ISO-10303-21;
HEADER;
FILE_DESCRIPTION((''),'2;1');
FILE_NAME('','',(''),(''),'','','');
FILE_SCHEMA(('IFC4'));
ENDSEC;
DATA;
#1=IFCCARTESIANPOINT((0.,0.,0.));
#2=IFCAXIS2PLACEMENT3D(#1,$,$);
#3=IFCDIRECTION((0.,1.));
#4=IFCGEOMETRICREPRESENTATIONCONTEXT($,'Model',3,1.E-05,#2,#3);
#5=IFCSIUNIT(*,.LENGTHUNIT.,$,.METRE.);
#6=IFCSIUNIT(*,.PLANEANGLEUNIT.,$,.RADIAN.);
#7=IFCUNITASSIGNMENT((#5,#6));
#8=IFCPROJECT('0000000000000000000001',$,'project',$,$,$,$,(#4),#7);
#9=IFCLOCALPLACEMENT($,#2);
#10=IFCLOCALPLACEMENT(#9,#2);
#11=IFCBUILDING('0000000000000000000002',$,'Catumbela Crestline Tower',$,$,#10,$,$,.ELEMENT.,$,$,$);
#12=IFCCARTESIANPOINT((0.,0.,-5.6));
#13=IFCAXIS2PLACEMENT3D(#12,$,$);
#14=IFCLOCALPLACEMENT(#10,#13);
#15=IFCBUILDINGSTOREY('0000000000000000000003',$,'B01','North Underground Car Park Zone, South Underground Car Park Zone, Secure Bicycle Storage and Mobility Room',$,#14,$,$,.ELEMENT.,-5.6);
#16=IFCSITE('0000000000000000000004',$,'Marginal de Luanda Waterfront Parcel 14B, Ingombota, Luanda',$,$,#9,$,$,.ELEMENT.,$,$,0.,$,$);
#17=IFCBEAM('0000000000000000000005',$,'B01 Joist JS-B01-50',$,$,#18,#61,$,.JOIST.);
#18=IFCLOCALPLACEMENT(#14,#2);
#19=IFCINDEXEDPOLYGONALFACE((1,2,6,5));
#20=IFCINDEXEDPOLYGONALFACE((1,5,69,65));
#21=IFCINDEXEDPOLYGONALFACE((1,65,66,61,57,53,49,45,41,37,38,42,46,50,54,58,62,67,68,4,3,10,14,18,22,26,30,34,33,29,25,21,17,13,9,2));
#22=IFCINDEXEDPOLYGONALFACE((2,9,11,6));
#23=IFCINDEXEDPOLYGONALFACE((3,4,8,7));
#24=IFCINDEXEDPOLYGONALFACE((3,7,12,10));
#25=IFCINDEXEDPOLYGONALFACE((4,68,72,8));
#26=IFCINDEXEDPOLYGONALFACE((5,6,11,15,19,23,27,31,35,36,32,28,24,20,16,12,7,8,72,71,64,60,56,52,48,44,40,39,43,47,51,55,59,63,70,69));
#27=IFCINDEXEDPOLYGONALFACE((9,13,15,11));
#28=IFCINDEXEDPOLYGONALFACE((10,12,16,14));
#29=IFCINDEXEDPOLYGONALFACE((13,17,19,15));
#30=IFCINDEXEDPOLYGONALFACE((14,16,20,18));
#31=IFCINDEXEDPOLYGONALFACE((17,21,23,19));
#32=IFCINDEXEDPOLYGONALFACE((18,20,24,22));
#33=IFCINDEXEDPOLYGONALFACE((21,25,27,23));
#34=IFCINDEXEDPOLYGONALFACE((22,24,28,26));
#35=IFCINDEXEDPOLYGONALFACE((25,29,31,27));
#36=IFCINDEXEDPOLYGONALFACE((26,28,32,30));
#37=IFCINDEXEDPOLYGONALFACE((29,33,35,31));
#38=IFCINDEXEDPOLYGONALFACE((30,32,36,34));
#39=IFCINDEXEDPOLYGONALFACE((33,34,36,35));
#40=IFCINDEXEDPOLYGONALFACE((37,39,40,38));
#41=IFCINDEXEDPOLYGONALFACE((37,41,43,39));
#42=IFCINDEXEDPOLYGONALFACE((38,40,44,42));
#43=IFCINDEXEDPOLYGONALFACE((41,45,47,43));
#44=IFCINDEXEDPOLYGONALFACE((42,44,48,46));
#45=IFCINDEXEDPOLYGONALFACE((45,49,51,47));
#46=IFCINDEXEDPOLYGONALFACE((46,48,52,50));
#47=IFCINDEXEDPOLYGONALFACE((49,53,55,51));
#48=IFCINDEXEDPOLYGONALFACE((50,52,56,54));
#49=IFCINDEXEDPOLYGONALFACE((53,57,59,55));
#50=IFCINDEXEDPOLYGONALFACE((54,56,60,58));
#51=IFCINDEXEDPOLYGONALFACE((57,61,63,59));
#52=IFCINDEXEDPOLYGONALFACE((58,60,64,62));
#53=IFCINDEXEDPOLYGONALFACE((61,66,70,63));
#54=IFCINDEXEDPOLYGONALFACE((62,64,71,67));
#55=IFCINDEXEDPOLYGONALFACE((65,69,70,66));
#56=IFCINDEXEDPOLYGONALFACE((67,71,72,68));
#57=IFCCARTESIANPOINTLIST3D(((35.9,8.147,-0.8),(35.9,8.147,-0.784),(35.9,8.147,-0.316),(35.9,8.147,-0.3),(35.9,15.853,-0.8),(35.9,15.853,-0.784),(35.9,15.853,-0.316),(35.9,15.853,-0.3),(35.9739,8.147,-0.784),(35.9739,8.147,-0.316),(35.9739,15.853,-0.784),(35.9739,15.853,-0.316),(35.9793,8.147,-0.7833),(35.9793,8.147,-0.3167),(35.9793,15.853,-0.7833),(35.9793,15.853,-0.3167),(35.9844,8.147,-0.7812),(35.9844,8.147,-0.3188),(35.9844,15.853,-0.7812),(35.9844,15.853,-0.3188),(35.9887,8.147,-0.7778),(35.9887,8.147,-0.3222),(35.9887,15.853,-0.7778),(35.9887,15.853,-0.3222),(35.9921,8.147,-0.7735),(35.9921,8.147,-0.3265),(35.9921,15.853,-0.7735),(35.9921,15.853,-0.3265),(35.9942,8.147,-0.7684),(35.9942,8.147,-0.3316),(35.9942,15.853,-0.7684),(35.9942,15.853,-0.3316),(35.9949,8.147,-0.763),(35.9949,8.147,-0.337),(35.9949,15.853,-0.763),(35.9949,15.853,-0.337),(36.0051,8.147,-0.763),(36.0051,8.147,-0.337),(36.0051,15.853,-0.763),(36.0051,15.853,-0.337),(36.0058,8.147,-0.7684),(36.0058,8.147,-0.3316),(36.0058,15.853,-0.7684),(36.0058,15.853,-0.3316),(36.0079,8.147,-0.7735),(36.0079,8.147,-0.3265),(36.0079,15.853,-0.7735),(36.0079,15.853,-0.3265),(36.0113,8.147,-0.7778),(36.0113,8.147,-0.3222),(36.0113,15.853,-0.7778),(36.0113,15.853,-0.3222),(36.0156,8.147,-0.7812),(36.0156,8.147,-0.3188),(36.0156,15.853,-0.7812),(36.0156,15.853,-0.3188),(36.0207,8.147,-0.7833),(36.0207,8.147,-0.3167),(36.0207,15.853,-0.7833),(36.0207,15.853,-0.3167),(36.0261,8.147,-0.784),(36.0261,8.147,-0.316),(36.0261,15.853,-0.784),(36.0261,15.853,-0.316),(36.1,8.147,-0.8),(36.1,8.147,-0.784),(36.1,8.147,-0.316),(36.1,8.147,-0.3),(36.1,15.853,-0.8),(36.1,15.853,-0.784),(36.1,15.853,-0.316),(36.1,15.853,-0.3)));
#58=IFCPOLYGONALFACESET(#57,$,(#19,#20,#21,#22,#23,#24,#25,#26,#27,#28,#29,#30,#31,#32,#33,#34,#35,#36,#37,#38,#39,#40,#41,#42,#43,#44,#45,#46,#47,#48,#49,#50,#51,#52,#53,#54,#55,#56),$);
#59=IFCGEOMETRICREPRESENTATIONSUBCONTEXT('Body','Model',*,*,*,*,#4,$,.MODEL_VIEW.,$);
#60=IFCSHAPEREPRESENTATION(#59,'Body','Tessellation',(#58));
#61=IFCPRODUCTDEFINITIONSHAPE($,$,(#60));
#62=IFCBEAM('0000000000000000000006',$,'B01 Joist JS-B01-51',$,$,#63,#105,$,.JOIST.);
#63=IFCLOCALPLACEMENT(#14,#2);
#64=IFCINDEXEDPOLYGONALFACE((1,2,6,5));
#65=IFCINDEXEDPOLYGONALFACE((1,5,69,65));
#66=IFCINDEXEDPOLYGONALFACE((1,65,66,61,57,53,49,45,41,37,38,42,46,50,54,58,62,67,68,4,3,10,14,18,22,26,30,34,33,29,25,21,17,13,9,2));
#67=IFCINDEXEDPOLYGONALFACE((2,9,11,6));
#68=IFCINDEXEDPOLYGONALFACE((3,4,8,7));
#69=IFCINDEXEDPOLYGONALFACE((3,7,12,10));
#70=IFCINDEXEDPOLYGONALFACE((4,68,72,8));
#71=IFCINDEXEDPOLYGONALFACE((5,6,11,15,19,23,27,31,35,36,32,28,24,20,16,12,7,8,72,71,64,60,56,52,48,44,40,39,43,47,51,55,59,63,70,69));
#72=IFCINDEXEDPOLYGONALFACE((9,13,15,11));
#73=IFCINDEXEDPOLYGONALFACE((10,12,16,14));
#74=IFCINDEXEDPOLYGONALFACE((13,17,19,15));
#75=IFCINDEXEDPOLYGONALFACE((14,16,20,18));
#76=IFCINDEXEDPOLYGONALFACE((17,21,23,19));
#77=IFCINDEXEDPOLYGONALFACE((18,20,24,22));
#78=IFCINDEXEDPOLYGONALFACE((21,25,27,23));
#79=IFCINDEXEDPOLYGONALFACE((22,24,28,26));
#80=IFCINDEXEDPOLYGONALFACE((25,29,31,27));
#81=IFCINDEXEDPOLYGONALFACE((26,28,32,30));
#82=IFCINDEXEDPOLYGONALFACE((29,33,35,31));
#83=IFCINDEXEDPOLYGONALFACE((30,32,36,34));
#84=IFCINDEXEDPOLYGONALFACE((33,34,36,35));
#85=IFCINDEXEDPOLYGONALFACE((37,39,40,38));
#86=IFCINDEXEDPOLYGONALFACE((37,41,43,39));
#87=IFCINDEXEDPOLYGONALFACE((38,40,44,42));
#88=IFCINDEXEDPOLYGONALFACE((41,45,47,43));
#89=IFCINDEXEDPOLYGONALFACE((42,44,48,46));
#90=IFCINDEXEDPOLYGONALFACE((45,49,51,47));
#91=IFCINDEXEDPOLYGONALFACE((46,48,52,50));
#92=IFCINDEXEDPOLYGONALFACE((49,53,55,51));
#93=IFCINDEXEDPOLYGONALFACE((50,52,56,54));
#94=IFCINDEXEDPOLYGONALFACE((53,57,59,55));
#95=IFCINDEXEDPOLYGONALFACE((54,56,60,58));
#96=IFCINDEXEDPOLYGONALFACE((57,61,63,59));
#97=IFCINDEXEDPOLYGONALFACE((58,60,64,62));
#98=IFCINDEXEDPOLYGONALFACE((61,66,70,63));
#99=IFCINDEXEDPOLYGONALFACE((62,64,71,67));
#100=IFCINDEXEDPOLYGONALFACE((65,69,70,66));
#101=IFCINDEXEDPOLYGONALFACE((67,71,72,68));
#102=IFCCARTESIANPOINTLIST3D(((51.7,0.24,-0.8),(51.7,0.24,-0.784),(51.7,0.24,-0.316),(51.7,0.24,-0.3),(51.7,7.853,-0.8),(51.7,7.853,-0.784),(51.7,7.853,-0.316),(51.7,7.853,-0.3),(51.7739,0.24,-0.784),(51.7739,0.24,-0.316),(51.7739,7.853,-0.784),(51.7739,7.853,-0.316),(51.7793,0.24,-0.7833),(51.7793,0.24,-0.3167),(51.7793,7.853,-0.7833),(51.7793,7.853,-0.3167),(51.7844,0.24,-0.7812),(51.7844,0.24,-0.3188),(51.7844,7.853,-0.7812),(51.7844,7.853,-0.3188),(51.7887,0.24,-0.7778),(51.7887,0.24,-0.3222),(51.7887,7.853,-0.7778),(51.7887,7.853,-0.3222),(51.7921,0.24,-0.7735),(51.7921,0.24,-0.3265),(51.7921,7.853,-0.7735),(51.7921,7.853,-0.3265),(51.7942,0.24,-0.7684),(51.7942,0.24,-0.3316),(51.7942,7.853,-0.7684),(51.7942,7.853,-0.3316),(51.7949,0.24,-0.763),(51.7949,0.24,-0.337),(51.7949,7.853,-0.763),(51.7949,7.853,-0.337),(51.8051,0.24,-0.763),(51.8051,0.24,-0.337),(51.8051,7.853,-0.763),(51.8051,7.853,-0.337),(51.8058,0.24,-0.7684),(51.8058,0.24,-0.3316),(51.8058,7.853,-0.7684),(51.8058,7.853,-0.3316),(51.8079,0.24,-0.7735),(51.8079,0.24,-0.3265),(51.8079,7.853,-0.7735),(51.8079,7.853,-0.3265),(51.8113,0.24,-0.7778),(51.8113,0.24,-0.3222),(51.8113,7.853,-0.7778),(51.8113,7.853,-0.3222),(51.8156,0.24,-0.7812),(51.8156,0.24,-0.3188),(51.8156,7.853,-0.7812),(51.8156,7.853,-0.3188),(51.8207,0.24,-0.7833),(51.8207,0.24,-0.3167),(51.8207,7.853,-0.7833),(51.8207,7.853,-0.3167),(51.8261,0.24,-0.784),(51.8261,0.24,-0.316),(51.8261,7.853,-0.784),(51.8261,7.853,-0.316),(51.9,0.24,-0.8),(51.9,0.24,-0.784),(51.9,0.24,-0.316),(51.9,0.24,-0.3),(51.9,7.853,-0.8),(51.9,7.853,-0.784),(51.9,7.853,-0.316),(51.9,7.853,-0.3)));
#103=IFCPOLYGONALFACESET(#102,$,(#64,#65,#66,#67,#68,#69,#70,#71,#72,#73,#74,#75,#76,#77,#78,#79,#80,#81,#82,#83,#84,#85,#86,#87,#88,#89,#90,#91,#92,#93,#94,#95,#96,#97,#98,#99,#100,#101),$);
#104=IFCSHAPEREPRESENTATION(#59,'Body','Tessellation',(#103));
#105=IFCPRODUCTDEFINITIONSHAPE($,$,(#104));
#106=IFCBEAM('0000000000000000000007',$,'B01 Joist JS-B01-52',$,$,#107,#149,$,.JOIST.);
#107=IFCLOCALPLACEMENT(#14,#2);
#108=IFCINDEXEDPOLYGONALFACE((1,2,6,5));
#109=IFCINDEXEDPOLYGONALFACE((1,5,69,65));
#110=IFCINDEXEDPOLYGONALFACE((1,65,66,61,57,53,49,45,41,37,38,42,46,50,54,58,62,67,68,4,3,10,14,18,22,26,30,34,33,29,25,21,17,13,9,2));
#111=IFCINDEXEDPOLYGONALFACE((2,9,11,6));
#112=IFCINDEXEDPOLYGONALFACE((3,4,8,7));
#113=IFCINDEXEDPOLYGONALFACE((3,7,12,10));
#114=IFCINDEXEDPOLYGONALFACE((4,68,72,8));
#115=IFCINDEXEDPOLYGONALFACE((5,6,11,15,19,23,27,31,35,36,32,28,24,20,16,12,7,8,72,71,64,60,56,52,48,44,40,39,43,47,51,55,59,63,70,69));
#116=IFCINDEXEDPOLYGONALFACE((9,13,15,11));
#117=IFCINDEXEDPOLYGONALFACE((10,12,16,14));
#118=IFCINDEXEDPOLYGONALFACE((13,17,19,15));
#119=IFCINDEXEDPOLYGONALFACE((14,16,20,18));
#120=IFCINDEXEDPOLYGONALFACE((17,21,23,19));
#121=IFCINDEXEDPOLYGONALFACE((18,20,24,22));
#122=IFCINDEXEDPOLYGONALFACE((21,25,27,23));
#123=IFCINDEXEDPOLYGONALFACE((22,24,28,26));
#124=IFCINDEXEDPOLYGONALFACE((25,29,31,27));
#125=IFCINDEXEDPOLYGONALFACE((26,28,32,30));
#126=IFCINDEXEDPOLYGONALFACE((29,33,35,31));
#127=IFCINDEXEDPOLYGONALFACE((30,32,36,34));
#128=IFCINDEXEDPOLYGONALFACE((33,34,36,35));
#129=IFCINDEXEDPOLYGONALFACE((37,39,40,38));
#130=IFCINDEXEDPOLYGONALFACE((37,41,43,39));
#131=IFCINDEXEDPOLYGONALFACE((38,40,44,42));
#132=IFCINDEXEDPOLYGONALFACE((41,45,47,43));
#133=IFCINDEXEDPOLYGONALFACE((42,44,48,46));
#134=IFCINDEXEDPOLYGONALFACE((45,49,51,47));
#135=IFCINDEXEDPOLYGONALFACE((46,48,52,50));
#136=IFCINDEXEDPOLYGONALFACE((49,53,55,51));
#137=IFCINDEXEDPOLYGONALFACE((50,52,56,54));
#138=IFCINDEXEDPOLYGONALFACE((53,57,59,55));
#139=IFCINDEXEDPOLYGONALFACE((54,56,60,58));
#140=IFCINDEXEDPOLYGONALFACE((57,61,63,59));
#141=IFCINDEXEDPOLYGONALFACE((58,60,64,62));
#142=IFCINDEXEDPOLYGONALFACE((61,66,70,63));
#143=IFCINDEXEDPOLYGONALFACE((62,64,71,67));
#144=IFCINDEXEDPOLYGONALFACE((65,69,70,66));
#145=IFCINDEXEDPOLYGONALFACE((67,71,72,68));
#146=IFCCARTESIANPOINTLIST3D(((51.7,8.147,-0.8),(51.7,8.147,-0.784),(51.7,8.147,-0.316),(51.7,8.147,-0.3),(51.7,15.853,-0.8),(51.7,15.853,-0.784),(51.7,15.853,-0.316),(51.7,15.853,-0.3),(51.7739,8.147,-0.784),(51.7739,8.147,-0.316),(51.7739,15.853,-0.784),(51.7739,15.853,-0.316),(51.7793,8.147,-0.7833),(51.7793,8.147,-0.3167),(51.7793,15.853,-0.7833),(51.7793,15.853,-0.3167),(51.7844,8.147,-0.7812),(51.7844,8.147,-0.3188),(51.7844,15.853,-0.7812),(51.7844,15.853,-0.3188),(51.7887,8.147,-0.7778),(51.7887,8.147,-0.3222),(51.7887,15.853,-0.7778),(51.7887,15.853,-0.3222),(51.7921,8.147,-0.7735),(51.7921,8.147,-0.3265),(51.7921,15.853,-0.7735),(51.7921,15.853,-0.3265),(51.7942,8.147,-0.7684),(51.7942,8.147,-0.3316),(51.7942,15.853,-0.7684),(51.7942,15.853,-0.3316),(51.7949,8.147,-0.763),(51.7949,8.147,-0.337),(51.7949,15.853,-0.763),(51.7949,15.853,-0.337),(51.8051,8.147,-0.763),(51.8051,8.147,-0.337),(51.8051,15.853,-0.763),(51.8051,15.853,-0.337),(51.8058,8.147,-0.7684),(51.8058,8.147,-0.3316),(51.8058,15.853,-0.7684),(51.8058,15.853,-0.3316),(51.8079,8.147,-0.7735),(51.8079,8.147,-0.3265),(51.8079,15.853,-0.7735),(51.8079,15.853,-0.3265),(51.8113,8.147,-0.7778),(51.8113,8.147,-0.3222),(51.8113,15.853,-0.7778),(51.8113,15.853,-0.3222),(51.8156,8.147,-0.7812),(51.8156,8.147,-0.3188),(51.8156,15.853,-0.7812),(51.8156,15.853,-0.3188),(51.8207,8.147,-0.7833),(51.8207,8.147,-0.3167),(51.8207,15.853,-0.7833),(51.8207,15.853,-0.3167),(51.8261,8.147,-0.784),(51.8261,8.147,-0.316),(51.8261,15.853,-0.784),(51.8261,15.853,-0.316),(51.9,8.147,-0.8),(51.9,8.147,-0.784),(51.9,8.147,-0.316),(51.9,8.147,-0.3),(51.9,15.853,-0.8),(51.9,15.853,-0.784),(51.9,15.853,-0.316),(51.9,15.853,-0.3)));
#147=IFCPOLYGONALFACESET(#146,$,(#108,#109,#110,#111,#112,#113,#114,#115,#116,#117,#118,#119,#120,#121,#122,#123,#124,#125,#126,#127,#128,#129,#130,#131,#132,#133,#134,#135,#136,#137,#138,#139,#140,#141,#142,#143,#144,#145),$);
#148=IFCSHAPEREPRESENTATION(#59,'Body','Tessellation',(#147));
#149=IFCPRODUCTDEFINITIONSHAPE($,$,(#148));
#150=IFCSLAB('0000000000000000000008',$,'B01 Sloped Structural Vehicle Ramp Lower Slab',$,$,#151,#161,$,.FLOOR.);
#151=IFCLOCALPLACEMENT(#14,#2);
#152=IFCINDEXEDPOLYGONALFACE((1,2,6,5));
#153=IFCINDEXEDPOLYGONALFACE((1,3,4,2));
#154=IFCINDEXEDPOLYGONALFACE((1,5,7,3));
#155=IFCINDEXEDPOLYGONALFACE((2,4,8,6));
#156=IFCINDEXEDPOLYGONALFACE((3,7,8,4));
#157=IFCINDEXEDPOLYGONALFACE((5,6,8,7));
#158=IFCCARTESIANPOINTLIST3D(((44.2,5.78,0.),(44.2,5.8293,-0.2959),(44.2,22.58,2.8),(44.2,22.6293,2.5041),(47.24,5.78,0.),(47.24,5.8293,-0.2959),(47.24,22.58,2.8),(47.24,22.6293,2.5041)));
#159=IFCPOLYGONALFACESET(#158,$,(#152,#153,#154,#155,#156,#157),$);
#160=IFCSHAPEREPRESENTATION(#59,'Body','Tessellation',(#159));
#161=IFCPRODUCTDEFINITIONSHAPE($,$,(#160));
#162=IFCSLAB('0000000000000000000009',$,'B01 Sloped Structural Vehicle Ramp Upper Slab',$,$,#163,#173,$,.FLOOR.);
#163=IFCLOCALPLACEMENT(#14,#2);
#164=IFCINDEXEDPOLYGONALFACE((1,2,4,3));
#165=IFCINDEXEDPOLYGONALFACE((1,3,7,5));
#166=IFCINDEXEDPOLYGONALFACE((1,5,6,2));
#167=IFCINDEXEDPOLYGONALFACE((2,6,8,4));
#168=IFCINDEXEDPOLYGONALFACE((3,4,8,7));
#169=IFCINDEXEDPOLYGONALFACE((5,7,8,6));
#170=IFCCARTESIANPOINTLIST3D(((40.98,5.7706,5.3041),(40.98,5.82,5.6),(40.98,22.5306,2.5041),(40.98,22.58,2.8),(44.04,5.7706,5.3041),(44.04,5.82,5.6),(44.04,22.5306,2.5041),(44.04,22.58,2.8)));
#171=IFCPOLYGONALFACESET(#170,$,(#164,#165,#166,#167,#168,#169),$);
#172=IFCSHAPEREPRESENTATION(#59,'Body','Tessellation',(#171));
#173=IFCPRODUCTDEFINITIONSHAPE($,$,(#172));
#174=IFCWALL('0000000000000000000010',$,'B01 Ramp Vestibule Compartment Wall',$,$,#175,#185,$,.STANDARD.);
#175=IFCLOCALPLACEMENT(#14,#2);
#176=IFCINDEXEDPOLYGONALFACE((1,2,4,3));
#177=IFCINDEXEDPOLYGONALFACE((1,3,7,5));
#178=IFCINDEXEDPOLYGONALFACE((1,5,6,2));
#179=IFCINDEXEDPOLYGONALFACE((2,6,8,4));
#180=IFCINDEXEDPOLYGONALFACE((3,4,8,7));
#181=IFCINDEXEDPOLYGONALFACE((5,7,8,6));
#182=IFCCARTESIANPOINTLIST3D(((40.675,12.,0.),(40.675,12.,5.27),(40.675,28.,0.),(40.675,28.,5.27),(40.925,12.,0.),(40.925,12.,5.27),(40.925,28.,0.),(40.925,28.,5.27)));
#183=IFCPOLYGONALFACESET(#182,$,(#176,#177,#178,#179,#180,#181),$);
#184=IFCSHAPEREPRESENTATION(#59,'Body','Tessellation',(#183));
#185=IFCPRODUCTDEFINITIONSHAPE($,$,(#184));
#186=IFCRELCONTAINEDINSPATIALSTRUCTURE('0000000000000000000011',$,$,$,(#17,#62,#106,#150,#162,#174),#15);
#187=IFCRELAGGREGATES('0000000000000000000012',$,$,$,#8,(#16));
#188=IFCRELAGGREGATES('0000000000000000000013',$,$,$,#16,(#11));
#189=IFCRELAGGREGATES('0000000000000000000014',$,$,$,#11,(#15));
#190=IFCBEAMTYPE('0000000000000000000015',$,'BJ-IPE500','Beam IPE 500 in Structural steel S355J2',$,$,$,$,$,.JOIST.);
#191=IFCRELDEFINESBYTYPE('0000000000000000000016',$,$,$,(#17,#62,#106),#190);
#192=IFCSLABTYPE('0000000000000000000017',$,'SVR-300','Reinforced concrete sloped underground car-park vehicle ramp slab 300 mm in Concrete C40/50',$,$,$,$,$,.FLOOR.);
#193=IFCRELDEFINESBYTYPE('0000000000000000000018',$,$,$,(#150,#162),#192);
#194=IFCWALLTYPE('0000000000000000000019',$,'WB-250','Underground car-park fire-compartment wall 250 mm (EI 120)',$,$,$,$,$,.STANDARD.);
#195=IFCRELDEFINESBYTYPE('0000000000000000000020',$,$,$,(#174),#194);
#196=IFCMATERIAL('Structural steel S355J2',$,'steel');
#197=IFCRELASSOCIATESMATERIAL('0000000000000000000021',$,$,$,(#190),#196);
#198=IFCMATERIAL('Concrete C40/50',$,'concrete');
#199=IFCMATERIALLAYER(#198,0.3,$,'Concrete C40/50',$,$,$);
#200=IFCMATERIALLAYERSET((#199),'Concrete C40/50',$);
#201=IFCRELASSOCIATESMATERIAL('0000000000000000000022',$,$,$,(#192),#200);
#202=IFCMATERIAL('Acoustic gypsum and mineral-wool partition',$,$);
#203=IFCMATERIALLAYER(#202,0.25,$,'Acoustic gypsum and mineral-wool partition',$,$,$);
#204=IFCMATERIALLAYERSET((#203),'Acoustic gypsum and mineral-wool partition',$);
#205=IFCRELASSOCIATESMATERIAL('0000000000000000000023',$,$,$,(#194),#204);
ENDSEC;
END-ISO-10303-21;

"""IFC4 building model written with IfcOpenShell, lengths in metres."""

from ifc_helpers import new_model, si_unit, direction, frame, frame_2d, origin, origin_2d, place, context, subcontext, project, spatial, polyline, rectangle, i_section, outline, extrude, material, layer, layer_set, material_profile, profile_set, type_object, element, save


model = new_model("IFC4")

# Units and contexts
model_context = context("Model", 3, precision=1e-05, world=origin(), true_north=direction((0.0, 1.0)))
body_context = subcontext(model_context, "Body", "Model", "MODEL_VIEW")
ifc_project = project(units=[si_unit("LENGTHUNIT", "METRE"), si_unit("PLANEANGLEUNIT", "RADIAN")], contexts=[model_context])

# Site, building, storey
site_placement = place(None, origin())
site = spatial("IfcSite", under=ifc_project, at=site_placement, Name="Marginal de Luanda Waterfront Parcel 14B, Ingombota, Luanda", CompositionType="ELEMENT", RefElevation=0.0)
building_placement = place(site_placement, origin())
building = spatial("IfcBuilding", under=site, at=building_placement, Name="Catumbela Crestline Tower", CompositionType="ELEMENT")
storey_placement = place(building_placement, frame((0.0, 0.0, -5.6)))
storey = spatial("IfcBuildingStorey", under=building, at=storey_placement, Name="B01", Description="North Underground Car Park Zone, South Underground Car Park Zone, Secure Bicycle Storage and Mobility Room", CompositionType="ELEMENT", Elevation=-5.6)

# Beams
ifc_material_1 = material(Name="Structural steel S355J2", Category="steel")
ifc_material_profile_1 = material_profile(ifc_material_1, i_section(OverallWidth=0.2, OverallDepth=0.5, WebThickness=0.0102, FlangeThickness=0.016, FilletRadius=0.021, at=origin_2d()), Name="IPE 500")
ifc_profile_set_1 = profile_set([ifc_material_profile_1], Name="Structural steel S355J2")
beam_type_1 = type_object("IfcBeamType", Name="BJ-IPE500", Description="Beam IPE 500 in Structural steel S355J2", PredefinedType="JOIST", material=ifc_profile_set_1)
beam_1_placement = place(storey_placement, frame((36.0, 8.147, -0.55), z_axis=(0.0, 1.0, 0.0), x_axis=(-1.0, 0.0, 0.0)))
element("IfcBeam", 1, at=beam_1_placement, inside=storey, type_object=beam_type_1, Name="B01 Joist JS-B01-50", PredefinedType="JOIST", context=body_context, shape_type="SweptSolid", body=[
    extrude(i_section(OverallWidth=0.2, OverallDepth=0.5, WebThickness=0.0102, FlangeThickness=0.016, FilletRadius=0.021, at=origin_2d()), origin(), (0.0, 0.0, 1.0), 7.706),
])
beam_2_placement = place(storey_placement, frame((51.8, 0.24, -0.55), z_axis=(0.0, 1.0, 0.0), x_axis=(-1.0, 0.0, 0.0)))
element("IfcBeam", 2, at=beam_2_placement, inside=storey, type_object=beam_type_1, Name="B01 Joist JS-B01-51", PredefinedType="JOIST", context=body_context, shape_type="SweptSolid", body=[
    extrude(i_section(OverallWidth=0.2, OverallDepth=0.5, WebThickness=0.0102, FlangeThickness=0.016, FilletRadius=0.021, at=origin_2d()), origin(), (0.0, 0.0, 1.0), 7.613),
])
beam_3_placement = place(storey_placement, frame((51.8, 8.147, -0.55), z_axis=(0.0, 1.0, 0.0), x_axis=(-1.0, 0.0, 0.0)))
element("IfcBeam", 3, at=beam_3_placement, inside=storey, type_object=beam_type_1, Name="B01 Joist JS-B01-52", PredefinedType="JOIST", context=body_context, shape_type="SweptSolid", body=[
    extrude(i_section(OverallWidth=0.2, OverallDepth=0.5, WebThickness=0.0102, FlangeThickness=0.016, FilletRadius=0.021, at=origin_2d()), origin(), (0.0, 0.0, 1.0), 7.706),
])

# Slabs
ifc_material_2 = material(Name="Concrete C40/50", Category="concrete")
ifc_layer_1 = layer(ifc_material_2, 0.3, Name="Concrete C40/50")
ifc_layer_set_1 = layer_set([ifc_layer_1], Name="Concrete C40/50")
slab_type = type_object("IfcSlabType", Name="SVR-300", Description="Reinforced concrete sloped underground car-park vehicle ramp slab 300 mm in Concrete C40/50", PredefinedType="FLOOR", material=ifc_layer_set_1)
slab_1_placement = place(storey_placement, frame((44.2, 5.78, 0.0), z_axis=(0.0, -0.164399, 0.986394), x_axis=(1.0, 0.0, 0.0)))
element("IfcSlab", 4, at=slab_1_placement, inside=storey, type_object=slab_type, Name="B01 Sloped Structural Vehicle Ramp Lower Slab", PredefinedType="FLOOR", context=body_context, shape_type="SweptSolid", body=[
    extrude(outline(polyline([(0.0, 0.0), (3.04, 0.0), (3.04, 17.0317), (0.0, 17.0317), (0.0, 0.0)])), origin(), (0.0, 0.0, -1.0), 0.3),
])
slab_2_placement = place(storey_placement, frame((40.98, 5.82, 5.6), z_axis=(0.0, 0.164781, 0.98633), x_axis=(1.0, 0.0, 0.0)))
element("IfcSlab", 5, at=slab_2_placement, inside=storey, type_object=slab_type, Name="B01 Sloped Structural Vehicle Ramp Upper Slab", PredefinedType="FLOOR", context=body_context, shape_type="SweptSolid", body=[
    extrude(outline(polyline([(0.0, 0.0), (3.06, 0.0), (3.06, 16.9923), (0.0, 16.9923), (0.0, 0.0)])), origin(), (0.0, 0.0, -1.0), 0.3),
])

# Wall
ifc_material_3 = material(Name="Acoustic gypsum and mineral-wool partition")
ifc_layer_2 = layer(ifc_material_3, 0.25, Name="Acoustic gypsum and mineral-wool partition")
ifc_layer_set_2 = layer_set([ifc_layer_2], Name="Acoustic gypsum and mineral-wool partition")
wall_type_1 = type_object("IfcWallType", Name="WB-250", Description="Underground car-park fire-compartment wall 250 mm (EI 120)", PredefinedType="STANDARD", material=ifc_layer_set_2)
wall_1_placement = place(storey_placement, frame((40.8, 12.0, 0.0), z_axis=(0.0, 0.0, 1.0), x_axis=(0.0, 1.0, 0.0)))
element("IfcWall", 6, at=wall_1_placement, inside=storey, type_object=wall_type_1, Name="B01 Ramp Vestibule Compartment Wall", PredefinedType="STANDARD", context=body_context, shape_type="SweptSolid", body=[
    extrude(rectangle(XDim=16.0, YDim=0.25, at=frame_2d((8.0, 0.0))), origin(), (0.0, 0.0, 1.0), 5.27),
])

save(model, "model.ifc")
